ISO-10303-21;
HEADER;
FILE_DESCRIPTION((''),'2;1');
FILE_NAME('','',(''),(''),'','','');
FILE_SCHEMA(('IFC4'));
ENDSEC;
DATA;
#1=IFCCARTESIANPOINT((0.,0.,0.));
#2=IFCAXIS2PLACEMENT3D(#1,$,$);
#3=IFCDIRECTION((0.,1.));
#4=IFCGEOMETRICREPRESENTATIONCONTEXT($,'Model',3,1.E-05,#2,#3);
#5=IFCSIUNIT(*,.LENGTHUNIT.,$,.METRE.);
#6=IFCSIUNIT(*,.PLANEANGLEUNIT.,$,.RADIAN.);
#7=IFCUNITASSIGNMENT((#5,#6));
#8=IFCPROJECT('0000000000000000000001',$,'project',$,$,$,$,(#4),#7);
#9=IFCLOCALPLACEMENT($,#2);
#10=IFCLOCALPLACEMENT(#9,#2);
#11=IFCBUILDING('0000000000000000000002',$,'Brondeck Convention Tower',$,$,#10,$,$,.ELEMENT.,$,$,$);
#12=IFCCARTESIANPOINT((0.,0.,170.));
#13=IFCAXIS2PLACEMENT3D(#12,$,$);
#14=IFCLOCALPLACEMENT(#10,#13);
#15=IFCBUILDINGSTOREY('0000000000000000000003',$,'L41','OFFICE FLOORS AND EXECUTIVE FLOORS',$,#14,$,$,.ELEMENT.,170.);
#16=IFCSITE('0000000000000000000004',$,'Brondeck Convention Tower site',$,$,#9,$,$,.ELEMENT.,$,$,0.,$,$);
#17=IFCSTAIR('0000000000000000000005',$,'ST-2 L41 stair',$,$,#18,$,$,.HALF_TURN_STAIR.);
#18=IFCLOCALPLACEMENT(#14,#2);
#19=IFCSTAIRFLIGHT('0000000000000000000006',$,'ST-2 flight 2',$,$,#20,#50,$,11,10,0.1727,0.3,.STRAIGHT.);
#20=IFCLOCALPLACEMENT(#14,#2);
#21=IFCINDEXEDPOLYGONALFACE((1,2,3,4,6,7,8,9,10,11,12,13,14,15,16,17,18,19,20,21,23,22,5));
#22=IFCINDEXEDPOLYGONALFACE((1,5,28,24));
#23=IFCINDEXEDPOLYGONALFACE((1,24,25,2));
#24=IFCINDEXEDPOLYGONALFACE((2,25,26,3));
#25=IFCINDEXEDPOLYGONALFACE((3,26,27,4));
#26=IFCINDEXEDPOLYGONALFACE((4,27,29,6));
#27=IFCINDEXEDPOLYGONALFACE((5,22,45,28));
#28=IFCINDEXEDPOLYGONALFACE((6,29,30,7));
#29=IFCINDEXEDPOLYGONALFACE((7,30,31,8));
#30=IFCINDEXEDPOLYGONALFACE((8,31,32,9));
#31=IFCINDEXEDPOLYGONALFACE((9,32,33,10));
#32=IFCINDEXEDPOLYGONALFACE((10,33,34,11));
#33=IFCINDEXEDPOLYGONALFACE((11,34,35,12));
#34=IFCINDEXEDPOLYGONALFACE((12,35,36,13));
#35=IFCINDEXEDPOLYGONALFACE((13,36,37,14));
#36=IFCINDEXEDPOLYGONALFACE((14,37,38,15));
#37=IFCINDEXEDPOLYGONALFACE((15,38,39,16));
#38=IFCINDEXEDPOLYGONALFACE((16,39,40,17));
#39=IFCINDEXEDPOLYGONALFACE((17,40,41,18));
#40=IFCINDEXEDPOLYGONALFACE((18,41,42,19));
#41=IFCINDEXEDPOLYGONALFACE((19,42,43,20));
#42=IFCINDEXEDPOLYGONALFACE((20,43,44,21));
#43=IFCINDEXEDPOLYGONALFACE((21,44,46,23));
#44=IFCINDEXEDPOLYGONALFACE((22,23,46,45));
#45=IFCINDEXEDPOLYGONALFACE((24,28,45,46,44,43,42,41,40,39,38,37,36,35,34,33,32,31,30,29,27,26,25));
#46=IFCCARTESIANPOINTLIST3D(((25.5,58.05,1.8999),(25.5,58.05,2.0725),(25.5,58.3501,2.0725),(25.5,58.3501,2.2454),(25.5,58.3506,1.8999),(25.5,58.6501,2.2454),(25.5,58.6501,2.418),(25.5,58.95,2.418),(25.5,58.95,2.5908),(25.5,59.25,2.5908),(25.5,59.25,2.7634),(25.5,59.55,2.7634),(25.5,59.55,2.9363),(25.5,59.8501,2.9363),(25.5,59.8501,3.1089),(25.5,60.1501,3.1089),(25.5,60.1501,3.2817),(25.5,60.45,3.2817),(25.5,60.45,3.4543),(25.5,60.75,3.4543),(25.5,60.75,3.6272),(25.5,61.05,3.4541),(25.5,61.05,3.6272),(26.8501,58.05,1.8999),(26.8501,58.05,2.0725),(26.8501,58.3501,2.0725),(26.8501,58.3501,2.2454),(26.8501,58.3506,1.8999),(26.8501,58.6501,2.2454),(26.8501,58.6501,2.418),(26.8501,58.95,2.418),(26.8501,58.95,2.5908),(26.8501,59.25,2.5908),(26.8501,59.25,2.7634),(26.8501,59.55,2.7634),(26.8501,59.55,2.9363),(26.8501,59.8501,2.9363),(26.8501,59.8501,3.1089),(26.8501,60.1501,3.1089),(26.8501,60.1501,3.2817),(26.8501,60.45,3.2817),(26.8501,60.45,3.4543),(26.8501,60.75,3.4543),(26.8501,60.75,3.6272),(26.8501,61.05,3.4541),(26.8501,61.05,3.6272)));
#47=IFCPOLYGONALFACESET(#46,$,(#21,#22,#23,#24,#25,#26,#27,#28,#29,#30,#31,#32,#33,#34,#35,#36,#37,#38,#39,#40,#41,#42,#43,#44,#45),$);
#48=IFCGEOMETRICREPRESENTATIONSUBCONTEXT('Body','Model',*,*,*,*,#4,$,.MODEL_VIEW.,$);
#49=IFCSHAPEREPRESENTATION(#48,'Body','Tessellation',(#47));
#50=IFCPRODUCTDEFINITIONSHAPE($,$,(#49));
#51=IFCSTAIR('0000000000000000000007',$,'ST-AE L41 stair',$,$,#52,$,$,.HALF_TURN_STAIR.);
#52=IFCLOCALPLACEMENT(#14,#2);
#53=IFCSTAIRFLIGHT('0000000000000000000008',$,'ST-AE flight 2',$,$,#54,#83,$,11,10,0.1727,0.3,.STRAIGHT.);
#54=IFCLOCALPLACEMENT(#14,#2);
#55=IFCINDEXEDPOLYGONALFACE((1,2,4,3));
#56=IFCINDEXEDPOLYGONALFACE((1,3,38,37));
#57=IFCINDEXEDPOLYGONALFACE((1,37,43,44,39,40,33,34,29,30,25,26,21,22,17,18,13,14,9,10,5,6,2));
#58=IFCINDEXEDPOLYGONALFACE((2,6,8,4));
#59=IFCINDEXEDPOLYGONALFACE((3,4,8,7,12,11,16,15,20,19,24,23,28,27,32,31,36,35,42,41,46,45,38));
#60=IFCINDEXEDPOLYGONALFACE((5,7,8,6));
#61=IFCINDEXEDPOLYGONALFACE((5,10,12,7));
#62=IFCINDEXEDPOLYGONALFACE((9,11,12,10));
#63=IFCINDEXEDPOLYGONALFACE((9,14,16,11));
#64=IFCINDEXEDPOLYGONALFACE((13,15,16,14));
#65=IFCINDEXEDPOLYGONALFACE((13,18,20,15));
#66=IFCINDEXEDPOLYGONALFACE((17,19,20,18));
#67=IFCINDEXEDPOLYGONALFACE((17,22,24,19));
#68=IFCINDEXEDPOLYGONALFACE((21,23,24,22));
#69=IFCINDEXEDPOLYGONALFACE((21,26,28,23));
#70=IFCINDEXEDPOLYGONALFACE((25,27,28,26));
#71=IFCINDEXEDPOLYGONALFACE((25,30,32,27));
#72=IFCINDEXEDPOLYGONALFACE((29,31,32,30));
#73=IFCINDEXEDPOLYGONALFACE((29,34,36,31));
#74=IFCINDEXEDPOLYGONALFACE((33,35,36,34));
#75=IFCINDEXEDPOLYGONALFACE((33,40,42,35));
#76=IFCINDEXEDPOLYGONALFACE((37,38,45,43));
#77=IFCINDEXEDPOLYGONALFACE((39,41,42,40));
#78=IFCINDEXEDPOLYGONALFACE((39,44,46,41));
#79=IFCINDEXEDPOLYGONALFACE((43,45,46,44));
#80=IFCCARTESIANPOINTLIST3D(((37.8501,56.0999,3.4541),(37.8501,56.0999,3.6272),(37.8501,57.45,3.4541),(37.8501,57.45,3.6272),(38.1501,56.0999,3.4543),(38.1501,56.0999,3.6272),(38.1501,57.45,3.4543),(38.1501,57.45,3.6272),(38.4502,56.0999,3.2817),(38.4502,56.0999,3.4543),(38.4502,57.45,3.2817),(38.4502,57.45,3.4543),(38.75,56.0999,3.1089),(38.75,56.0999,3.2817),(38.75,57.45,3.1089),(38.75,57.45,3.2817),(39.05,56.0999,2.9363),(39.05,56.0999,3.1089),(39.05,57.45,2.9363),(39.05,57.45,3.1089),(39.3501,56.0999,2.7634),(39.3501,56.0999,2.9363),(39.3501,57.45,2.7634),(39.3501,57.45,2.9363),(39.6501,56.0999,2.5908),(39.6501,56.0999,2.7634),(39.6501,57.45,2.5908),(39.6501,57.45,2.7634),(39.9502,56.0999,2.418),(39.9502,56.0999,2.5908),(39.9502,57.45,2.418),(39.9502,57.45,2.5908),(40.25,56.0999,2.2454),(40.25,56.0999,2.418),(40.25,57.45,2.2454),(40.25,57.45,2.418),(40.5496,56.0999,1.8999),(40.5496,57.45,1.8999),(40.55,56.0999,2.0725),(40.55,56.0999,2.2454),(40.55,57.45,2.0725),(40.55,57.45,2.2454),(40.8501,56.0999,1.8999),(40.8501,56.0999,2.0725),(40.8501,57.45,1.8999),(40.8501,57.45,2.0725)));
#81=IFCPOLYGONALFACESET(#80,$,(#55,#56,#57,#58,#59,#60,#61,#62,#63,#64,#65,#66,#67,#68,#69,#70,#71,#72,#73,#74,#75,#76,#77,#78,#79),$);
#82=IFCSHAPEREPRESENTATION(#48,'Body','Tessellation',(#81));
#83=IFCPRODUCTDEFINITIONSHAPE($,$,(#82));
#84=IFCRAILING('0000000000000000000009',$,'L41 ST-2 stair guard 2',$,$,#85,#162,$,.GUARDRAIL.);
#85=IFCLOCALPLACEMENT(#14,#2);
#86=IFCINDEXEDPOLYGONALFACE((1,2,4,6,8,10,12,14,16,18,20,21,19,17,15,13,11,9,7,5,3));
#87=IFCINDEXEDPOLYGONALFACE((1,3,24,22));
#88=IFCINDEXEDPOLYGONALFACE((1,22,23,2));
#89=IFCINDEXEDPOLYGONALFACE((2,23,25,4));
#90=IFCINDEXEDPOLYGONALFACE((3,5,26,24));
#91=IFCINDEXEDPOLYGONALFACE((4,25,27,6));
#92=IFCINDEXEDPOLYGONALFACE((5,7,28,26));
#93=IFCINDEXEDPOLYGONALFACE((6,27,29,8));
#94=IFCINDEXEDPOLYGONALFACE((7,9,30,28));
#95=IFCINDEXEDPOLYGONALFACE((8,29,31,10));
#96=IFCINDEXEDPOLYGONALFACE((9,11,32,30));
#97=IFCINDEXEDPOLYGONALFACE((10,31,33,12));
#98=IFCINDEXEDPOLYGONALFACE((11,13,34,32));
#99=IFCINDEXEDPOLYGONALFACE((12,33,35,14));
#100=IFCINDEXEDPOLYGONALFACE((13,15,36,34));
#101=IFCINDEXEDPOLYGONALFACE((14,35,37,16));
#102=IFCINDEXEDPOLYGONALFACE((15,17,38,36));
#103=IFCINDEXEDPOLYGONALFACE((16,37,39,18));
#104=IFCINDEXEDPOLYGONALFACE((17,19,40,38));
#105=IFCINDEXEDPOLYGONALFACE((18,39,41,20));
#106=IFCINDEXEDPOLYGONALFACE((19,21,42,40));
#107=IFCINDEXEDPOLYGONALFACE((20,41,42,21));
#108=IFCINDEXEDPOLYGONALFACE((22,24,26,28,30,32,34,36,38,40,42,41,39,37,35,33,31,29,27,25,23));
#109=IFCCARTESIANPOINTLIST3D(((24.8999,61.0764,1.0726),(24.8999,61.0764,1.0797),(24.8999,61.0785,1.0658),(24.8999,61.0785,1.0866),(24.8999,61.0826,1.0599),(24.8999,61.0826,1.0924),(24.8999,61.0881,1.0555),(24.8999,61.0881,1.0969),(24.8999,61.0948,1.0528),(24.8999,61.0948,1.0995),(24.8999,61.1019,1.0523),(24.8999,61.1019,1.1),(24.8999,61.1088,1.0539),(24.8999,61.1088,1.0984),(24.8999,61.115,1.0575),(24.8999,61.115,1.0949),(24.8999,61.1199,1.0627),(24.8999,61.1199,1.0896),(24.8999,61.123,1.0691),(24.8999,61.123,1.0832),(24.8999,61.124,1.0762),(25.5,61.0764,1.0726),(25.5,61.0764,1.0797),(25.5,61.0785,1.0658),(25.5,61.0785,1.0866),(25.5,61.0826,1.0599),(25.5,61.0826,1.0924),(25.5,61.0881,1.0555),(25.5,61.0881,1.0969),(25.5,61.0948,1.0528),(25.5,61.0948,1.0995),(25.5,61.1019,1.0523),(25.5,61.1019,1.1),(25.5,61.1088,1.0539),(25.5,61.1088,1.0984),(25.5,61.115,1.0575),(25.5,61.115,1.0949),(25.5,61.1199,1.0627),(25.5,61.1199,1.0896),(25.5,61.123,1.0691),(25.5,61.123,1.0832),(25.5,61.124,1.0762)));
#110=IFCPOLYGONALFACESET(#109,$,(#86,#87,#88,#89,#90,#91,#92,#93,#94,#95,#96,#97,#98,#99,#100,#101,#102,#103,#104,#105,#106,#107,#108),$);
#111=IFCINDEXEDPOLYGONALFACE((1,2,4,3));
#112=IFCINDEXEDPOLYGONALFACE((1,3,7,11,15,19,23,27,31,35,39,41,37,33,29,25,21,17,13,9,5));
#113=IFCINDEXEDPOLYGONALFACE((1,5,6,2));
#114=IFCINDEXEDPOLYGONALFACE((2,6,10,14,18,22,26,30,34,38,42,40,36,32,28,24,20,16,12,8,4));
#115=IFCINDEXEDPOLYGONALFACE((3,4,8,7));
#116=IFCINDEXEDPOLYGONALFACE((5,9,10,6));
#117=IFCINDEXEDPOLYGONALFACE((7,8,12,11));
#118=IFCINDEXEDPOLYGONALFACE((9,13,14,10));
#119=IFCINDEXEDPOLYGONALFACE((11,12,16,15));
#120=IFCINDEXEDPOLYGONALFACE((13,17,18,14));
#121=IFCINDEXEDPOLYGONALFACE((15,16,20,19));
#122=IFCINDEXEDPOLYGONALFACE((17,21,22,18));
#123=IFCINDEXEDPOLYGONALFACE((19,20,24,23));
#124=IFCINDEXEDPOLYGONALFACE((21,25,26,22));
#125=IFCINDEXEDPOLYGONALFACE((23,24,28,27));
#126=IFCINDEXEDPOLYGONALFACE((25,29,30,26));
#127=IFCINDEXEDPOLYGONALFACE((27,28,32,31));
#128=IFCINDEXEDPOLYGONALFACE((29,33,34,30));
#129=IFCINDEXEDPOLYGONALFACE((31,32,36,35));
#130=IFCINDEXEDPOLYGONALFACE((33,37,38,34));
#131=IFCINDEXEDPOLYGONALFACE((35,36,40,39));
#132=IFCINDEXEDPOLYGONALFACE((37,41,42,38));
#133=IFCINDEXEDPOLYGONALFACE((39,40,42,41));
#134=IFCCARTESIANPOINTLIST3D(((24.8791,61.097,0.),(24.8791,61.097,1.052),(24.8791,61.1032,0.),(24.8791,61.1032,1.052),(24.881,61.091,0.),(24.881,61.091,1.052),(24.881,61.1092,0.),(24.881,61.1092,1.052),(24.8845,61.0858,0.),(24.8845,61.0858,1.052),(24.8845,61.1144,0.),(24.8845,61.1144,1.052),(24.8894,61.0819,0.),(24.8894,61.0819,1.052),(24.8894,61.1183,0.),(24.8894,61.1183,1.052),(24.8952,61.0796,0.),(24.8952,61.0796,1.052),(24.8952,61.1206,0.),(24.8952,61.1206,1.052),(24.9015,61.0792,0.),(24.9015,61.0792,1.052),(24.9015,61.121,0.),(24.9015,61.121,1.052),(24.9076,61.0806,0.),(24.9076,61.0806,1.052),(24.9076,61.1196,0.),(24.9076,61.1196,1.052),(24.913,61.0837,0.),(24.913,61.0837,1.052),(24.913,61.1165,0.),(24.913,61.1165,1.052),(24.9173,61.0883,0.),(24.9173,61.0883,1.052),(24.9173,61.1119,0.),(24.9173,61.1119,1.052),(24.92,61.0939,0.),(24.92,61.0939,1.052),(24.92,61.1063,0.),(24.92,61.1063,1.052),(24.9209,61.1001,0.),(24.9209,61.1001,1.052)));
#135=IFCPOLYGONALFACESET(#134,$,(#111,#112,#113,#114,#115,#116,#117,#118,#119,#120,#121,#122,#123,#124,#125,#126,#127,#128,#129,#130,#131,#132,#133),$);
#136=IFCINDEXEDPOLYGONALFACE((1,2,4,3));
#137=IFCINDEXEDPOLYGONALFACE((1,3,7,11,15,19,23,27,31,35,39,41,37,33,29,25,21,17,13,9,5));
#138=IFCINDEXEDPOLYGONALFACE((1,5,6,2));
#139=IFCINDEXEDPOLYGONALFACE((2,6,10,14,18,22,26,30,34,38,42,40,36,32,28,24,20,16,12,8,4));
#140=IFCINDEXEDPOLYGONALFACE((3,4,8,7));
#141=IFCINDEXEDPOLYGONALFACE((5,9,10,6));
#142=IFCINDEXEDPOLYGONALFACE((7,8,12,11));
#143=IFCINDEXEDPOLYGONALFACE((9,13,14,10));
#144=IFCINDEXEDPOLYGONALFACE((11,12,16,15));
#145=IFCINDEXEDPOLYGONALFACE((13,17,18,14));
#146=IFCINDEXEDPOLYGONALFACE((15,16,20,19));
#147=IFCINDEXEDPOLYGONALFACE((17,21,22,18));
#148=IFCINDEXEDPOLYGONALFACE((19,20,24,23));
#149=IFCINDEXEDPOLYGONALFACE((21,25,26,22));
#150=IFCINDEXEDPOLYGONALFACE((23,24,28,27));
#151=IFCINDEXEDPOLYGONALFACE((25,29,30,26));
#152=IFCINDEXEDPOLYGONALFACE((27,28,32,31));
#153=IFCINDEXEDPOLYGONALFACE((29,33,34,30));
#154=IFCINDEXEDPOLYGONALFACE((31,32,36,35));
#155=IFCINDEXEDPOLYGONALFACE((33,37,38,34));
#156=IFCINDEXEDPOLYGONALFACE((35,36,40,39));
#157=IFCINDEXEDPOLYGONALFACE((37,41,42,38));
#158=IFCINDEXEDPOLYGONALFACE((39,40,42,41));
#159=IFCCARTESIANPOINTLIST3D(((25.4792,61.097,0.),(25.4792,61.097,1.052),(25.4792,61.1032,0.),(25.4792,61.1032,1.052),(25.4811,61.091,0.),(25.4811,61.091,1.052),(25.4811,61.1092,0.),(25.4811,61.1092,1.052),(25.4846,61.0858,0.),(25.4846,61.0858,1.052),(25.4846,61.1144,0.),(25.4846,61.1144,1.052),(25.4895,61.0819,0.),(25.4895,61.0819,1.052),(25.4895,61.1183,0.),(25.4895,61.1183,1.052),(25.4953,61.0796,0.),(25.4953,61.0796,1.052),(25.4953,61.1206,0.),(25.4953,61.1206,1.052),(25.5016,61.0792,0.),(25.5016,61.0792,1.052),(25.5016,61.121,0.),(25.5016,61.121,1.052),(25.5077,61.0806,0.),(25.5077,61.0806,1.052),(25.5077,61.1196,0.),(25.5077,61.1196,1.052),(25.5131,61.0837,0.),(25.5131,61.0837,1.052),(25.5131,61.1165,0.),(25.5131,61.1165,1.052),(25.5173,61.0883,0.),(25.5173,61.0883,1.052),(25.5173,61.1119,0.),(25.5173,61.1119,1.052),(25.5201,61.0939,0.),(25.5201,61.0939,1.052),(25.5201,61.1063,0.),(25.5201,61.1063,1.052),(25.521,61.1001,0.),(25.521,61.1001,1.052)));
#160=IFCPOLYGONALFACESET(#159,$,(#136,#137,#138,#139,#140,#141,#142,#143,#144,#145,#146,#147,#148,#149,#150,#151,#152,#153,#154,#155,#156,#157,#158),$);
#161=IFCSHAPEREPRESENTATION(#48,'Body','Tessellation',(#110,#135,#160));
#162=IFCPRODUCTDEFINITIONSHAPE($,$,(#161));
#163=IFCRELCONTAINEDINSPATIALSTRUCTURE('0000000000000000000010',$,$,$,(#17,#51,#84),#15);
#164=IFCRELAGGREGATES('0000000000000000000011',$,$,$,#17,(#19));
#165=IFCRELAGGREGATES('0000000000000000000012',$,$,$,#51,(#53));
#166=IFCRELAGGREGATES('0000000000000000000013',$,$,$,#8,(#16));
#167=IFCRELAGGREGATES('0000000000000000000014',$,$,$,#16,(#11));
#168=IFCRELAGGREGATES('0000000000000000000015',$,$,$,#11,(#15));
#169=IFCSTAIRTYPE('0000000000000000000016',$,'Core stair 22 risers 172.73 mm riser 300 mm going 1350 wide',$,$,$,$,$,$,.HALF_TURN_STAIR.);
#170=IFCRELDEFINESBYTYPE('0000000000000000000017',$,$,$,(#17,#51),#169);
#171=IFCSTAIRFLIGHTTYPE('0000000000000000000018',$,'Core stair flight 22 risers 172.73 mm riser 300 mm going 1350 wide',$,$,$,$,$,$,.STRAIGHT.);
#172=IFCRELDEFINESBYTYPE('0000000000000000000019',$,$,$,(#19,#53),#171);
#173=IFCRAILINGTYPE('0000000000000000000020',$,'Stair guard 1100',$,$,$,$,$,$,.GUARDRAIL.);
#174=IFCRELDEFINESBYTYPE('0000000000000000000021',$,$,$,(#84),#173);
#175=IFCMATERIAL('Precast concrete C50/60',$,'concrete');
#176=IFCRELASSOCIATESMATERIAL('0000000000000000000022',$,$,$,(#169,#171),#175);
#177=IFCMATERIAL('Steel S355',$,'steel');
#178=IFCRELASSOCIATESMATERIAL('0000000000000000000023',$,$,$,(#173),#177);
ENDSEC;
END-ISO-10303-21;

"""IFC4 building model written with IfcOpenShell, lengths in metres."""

from ifc_helpers import new_model, si_unit, direction, frame, origin, origin_2d, place, context, subcontext, project, spatial, polyline, circle, outline, extrude, material, type_object, element, aggregate, save


model = new_model("IFC4")

# Units and contexts
model_context = context("Model", 3, precision=1e-05, world=origin(), true_north=direction((0.0, 1.0)))
body_context = subcontext(model_context, "Body", "Model", "MODEL_VIEW")
ifc_project = project(units=[si_unit("LENGTHUNIT", "METRE"), si_unit("PLANEANGLEUNIT", "RADIAN")], contexts=[model_context])

# Site, building, storey
site_placement = place(None, origin())
site = spatial("IfcSite", under=ifc_project, at=site_placement, Name="Brondeck Convention Tower site", CompositionType="ELEMENT", RefElevation=0.0)
building_placement = place(site_placement, origin())
building = spatial("IfcBuilding", under=site, at=building_placement, Name="Brondeck Convention Tower", CompositionType="ELEMENT")
storey_placement = place(building_placement, frame((0.0, 0.0, 170.0)))
storey = spatial("IfcBuildingStorey", under=building, at=storey_placement, Name="L41", Description="OFFICE FLOORS AND EXECUTIVE FLOORS", CompositionType="ELEMENT", Elevation=170.0)

# Shared definitions
ifc_material_1 = material(Name="Steel S355", Category="steel")

# Stair, stair flight
ifc_material_2 = material(Name="Precast concrete C50/60", Category="concrete")
stair_type = type_object("IfcStairType", Name="Core stair 22 risers 172.73 mm riser 300 mm going 1350 wide", PredefinedType="HALF_TURN_STAIR", material=ifc_material_2)
stair_1_placement = place(storey_placement, origin())
stair_1 = element("IfcStair", 1, at=stair_1_placement, inside=storey, type_object=stair_type, Name="ST-2 L41 stair", PredefinedType="HALF_TURN_STAIR")
stair_flight_type = type_object("IfcStairFlightType", Name="Core stair flight 22 risers 172.73 mm riser 300 mm going 1350 wide", PredefinedType="STRAIGHT", material=ifc_material_2)
stair_flight_1_placement = place(storey_placement, frame((26.175, 58.05, 1.8999), z_axis=(0.0, 0.0, 1.0), x_axis=(0.0, 1.0, 0.0)))
stair_flight_1 = element("IfcStairFlight", 2, at=stair_flight_1_placement, type_object=stair_flight_type, Name="ST-2 flight 2", NumberOfRisers=11, NumberOfTreads=10, PredefinedType="STRAIGHT", RiserHeight=0.1727, TreadLength=0.3, context=body_context, shape_type="SweptSolid", body=[
    extrude(outline(polyline([(0.0, 0.0), (0.0, 0.1726), (0.3, 0.1726), (0.3, 0.3455), (0.6001, 0.3455), (0.6001, 0.5181), (0.8999, 0.5181), (0.8999, 0.6909), (1.2, 0.6909), (1.2, 0.8635), (1.5, 0.8635), (1.5, 1.0364), (1.8, 1.0364), (1.8, 1.209), (2.1001, 1.209), (2.1001, 1.3818), (2.3999, 1.3818), (2.3999, 1.5544), (2.7, 1.5544), (2.7, 1.7273), (3.0, 1.7273), (3.0, 1.8999), (3.0, 1.5542), (0.3005, 0.0), (0.0, 0.0)])), frame((0.0, 0.675, 0.0), z_axis=(0.0, -1.0, 0.0), x_axis=(1.0, 0.0, 0.0)), (0.0, 0.0, 1.0), 1.3501),
])
aggregate(stair_1, [stair_flight_1])

# Stair, stair flight
stair_2_placement = place(storey_placement, origin())
stair_2 = element("IfcStair", 3, at=stair_2_placement, inside=storey, type_object=stair_type, Name="ST-AE L41 stair", PredefinedType="HALF_TURN_STAIR")
stair_flight_2_placement = place(storey_placement, frame((40.8501, 56.7749, 1.8999), z_axis=(0.0, 0.0, 1.0), x_axis=(-1.0, 0.0, 0.0)))
stair_flight_2 = element("IfcStairFlight", 4, at=stair_flight_2_placement, type_object=stair_flight_type, Name="ST-AE flight 2", NumberOfRisers=11, NumberOfTreads=10, PredefinedType="STRAIGHT", RiserHeight=0.1727, TreadLength=0.3, context=body_context, shape_type="SweptSolid", body=[
    extrude(outline(polyline([(0.0, 0.0), (0.0, 0.1726), (0.3, 0.1726), (0.3, 0.3455), (0.6001, 0.3455), (0.6001, 0.5181), (0.8999, 0.5181), (0.8999, 0.6909), (1.2, 0.6909), (1.2, 0.8635), (1.5, 0.8635), (1.5, 1.0364), (1.8, 1.0364), (1.8, 1.209), (2.1001, 1.209), (2.1001, 1.3818), (2.3999, 1.3818), (2.3999, 1.5544), (2.7, 1.5544), (2.7, 1.7273), (3.0, 1.7273), (3.0, 1.8999), (3.0, 1.5542), (0.3005, 0.0), (0.0, 0.0)])), frame((0.0, 0.675, 0.0), z_axis=(0.0, -1.0, 0.0), x_axis=(1.0, 0.0, 0.0)), (0.0, 0.0, 1.0), 1.3501),
])
aggregate(stair_2, [stair_flight_2])

# Railing
railing_type_1 = type_object("IfcRailingType", Name="Stair guard 1100", PredefinedType="GUARDRAIL", material=ifc_material_1)
railing_1_placement = place(storey_placement, frame((24.8999, 61.1001, 0.0)))
element("IfcRailing", 5, at=railing_1_placement, inside=storey, type_object=railing_type_1, Name="L41 ST-2 stair guard 2", PredefinedType="GUARDRAIL", context=body_context, shape_type="SweptSolid", body=[
    extrude(circle(Radius=0.0239, at=origin_2d()), frame((0.0, 0.0, 1.0762), z_axis=(1.0, 0.0, 0.0), x_axis=(0.0, 1.0, 0.0)), (0.0, 0.0, 1.0), 0.6001),
    extrude(circle(Radius=0.021, at=origin_2d()), origin(), (0.0, 0.0, 1.0), 1.052),
    extrude(circle(Radius=0.021, at=origin_2d()), frame((0.6001, 0.0, 0.0)), (0.0, 0.0, 1.0), 1.052),
])

save(model, "model.ifc")
